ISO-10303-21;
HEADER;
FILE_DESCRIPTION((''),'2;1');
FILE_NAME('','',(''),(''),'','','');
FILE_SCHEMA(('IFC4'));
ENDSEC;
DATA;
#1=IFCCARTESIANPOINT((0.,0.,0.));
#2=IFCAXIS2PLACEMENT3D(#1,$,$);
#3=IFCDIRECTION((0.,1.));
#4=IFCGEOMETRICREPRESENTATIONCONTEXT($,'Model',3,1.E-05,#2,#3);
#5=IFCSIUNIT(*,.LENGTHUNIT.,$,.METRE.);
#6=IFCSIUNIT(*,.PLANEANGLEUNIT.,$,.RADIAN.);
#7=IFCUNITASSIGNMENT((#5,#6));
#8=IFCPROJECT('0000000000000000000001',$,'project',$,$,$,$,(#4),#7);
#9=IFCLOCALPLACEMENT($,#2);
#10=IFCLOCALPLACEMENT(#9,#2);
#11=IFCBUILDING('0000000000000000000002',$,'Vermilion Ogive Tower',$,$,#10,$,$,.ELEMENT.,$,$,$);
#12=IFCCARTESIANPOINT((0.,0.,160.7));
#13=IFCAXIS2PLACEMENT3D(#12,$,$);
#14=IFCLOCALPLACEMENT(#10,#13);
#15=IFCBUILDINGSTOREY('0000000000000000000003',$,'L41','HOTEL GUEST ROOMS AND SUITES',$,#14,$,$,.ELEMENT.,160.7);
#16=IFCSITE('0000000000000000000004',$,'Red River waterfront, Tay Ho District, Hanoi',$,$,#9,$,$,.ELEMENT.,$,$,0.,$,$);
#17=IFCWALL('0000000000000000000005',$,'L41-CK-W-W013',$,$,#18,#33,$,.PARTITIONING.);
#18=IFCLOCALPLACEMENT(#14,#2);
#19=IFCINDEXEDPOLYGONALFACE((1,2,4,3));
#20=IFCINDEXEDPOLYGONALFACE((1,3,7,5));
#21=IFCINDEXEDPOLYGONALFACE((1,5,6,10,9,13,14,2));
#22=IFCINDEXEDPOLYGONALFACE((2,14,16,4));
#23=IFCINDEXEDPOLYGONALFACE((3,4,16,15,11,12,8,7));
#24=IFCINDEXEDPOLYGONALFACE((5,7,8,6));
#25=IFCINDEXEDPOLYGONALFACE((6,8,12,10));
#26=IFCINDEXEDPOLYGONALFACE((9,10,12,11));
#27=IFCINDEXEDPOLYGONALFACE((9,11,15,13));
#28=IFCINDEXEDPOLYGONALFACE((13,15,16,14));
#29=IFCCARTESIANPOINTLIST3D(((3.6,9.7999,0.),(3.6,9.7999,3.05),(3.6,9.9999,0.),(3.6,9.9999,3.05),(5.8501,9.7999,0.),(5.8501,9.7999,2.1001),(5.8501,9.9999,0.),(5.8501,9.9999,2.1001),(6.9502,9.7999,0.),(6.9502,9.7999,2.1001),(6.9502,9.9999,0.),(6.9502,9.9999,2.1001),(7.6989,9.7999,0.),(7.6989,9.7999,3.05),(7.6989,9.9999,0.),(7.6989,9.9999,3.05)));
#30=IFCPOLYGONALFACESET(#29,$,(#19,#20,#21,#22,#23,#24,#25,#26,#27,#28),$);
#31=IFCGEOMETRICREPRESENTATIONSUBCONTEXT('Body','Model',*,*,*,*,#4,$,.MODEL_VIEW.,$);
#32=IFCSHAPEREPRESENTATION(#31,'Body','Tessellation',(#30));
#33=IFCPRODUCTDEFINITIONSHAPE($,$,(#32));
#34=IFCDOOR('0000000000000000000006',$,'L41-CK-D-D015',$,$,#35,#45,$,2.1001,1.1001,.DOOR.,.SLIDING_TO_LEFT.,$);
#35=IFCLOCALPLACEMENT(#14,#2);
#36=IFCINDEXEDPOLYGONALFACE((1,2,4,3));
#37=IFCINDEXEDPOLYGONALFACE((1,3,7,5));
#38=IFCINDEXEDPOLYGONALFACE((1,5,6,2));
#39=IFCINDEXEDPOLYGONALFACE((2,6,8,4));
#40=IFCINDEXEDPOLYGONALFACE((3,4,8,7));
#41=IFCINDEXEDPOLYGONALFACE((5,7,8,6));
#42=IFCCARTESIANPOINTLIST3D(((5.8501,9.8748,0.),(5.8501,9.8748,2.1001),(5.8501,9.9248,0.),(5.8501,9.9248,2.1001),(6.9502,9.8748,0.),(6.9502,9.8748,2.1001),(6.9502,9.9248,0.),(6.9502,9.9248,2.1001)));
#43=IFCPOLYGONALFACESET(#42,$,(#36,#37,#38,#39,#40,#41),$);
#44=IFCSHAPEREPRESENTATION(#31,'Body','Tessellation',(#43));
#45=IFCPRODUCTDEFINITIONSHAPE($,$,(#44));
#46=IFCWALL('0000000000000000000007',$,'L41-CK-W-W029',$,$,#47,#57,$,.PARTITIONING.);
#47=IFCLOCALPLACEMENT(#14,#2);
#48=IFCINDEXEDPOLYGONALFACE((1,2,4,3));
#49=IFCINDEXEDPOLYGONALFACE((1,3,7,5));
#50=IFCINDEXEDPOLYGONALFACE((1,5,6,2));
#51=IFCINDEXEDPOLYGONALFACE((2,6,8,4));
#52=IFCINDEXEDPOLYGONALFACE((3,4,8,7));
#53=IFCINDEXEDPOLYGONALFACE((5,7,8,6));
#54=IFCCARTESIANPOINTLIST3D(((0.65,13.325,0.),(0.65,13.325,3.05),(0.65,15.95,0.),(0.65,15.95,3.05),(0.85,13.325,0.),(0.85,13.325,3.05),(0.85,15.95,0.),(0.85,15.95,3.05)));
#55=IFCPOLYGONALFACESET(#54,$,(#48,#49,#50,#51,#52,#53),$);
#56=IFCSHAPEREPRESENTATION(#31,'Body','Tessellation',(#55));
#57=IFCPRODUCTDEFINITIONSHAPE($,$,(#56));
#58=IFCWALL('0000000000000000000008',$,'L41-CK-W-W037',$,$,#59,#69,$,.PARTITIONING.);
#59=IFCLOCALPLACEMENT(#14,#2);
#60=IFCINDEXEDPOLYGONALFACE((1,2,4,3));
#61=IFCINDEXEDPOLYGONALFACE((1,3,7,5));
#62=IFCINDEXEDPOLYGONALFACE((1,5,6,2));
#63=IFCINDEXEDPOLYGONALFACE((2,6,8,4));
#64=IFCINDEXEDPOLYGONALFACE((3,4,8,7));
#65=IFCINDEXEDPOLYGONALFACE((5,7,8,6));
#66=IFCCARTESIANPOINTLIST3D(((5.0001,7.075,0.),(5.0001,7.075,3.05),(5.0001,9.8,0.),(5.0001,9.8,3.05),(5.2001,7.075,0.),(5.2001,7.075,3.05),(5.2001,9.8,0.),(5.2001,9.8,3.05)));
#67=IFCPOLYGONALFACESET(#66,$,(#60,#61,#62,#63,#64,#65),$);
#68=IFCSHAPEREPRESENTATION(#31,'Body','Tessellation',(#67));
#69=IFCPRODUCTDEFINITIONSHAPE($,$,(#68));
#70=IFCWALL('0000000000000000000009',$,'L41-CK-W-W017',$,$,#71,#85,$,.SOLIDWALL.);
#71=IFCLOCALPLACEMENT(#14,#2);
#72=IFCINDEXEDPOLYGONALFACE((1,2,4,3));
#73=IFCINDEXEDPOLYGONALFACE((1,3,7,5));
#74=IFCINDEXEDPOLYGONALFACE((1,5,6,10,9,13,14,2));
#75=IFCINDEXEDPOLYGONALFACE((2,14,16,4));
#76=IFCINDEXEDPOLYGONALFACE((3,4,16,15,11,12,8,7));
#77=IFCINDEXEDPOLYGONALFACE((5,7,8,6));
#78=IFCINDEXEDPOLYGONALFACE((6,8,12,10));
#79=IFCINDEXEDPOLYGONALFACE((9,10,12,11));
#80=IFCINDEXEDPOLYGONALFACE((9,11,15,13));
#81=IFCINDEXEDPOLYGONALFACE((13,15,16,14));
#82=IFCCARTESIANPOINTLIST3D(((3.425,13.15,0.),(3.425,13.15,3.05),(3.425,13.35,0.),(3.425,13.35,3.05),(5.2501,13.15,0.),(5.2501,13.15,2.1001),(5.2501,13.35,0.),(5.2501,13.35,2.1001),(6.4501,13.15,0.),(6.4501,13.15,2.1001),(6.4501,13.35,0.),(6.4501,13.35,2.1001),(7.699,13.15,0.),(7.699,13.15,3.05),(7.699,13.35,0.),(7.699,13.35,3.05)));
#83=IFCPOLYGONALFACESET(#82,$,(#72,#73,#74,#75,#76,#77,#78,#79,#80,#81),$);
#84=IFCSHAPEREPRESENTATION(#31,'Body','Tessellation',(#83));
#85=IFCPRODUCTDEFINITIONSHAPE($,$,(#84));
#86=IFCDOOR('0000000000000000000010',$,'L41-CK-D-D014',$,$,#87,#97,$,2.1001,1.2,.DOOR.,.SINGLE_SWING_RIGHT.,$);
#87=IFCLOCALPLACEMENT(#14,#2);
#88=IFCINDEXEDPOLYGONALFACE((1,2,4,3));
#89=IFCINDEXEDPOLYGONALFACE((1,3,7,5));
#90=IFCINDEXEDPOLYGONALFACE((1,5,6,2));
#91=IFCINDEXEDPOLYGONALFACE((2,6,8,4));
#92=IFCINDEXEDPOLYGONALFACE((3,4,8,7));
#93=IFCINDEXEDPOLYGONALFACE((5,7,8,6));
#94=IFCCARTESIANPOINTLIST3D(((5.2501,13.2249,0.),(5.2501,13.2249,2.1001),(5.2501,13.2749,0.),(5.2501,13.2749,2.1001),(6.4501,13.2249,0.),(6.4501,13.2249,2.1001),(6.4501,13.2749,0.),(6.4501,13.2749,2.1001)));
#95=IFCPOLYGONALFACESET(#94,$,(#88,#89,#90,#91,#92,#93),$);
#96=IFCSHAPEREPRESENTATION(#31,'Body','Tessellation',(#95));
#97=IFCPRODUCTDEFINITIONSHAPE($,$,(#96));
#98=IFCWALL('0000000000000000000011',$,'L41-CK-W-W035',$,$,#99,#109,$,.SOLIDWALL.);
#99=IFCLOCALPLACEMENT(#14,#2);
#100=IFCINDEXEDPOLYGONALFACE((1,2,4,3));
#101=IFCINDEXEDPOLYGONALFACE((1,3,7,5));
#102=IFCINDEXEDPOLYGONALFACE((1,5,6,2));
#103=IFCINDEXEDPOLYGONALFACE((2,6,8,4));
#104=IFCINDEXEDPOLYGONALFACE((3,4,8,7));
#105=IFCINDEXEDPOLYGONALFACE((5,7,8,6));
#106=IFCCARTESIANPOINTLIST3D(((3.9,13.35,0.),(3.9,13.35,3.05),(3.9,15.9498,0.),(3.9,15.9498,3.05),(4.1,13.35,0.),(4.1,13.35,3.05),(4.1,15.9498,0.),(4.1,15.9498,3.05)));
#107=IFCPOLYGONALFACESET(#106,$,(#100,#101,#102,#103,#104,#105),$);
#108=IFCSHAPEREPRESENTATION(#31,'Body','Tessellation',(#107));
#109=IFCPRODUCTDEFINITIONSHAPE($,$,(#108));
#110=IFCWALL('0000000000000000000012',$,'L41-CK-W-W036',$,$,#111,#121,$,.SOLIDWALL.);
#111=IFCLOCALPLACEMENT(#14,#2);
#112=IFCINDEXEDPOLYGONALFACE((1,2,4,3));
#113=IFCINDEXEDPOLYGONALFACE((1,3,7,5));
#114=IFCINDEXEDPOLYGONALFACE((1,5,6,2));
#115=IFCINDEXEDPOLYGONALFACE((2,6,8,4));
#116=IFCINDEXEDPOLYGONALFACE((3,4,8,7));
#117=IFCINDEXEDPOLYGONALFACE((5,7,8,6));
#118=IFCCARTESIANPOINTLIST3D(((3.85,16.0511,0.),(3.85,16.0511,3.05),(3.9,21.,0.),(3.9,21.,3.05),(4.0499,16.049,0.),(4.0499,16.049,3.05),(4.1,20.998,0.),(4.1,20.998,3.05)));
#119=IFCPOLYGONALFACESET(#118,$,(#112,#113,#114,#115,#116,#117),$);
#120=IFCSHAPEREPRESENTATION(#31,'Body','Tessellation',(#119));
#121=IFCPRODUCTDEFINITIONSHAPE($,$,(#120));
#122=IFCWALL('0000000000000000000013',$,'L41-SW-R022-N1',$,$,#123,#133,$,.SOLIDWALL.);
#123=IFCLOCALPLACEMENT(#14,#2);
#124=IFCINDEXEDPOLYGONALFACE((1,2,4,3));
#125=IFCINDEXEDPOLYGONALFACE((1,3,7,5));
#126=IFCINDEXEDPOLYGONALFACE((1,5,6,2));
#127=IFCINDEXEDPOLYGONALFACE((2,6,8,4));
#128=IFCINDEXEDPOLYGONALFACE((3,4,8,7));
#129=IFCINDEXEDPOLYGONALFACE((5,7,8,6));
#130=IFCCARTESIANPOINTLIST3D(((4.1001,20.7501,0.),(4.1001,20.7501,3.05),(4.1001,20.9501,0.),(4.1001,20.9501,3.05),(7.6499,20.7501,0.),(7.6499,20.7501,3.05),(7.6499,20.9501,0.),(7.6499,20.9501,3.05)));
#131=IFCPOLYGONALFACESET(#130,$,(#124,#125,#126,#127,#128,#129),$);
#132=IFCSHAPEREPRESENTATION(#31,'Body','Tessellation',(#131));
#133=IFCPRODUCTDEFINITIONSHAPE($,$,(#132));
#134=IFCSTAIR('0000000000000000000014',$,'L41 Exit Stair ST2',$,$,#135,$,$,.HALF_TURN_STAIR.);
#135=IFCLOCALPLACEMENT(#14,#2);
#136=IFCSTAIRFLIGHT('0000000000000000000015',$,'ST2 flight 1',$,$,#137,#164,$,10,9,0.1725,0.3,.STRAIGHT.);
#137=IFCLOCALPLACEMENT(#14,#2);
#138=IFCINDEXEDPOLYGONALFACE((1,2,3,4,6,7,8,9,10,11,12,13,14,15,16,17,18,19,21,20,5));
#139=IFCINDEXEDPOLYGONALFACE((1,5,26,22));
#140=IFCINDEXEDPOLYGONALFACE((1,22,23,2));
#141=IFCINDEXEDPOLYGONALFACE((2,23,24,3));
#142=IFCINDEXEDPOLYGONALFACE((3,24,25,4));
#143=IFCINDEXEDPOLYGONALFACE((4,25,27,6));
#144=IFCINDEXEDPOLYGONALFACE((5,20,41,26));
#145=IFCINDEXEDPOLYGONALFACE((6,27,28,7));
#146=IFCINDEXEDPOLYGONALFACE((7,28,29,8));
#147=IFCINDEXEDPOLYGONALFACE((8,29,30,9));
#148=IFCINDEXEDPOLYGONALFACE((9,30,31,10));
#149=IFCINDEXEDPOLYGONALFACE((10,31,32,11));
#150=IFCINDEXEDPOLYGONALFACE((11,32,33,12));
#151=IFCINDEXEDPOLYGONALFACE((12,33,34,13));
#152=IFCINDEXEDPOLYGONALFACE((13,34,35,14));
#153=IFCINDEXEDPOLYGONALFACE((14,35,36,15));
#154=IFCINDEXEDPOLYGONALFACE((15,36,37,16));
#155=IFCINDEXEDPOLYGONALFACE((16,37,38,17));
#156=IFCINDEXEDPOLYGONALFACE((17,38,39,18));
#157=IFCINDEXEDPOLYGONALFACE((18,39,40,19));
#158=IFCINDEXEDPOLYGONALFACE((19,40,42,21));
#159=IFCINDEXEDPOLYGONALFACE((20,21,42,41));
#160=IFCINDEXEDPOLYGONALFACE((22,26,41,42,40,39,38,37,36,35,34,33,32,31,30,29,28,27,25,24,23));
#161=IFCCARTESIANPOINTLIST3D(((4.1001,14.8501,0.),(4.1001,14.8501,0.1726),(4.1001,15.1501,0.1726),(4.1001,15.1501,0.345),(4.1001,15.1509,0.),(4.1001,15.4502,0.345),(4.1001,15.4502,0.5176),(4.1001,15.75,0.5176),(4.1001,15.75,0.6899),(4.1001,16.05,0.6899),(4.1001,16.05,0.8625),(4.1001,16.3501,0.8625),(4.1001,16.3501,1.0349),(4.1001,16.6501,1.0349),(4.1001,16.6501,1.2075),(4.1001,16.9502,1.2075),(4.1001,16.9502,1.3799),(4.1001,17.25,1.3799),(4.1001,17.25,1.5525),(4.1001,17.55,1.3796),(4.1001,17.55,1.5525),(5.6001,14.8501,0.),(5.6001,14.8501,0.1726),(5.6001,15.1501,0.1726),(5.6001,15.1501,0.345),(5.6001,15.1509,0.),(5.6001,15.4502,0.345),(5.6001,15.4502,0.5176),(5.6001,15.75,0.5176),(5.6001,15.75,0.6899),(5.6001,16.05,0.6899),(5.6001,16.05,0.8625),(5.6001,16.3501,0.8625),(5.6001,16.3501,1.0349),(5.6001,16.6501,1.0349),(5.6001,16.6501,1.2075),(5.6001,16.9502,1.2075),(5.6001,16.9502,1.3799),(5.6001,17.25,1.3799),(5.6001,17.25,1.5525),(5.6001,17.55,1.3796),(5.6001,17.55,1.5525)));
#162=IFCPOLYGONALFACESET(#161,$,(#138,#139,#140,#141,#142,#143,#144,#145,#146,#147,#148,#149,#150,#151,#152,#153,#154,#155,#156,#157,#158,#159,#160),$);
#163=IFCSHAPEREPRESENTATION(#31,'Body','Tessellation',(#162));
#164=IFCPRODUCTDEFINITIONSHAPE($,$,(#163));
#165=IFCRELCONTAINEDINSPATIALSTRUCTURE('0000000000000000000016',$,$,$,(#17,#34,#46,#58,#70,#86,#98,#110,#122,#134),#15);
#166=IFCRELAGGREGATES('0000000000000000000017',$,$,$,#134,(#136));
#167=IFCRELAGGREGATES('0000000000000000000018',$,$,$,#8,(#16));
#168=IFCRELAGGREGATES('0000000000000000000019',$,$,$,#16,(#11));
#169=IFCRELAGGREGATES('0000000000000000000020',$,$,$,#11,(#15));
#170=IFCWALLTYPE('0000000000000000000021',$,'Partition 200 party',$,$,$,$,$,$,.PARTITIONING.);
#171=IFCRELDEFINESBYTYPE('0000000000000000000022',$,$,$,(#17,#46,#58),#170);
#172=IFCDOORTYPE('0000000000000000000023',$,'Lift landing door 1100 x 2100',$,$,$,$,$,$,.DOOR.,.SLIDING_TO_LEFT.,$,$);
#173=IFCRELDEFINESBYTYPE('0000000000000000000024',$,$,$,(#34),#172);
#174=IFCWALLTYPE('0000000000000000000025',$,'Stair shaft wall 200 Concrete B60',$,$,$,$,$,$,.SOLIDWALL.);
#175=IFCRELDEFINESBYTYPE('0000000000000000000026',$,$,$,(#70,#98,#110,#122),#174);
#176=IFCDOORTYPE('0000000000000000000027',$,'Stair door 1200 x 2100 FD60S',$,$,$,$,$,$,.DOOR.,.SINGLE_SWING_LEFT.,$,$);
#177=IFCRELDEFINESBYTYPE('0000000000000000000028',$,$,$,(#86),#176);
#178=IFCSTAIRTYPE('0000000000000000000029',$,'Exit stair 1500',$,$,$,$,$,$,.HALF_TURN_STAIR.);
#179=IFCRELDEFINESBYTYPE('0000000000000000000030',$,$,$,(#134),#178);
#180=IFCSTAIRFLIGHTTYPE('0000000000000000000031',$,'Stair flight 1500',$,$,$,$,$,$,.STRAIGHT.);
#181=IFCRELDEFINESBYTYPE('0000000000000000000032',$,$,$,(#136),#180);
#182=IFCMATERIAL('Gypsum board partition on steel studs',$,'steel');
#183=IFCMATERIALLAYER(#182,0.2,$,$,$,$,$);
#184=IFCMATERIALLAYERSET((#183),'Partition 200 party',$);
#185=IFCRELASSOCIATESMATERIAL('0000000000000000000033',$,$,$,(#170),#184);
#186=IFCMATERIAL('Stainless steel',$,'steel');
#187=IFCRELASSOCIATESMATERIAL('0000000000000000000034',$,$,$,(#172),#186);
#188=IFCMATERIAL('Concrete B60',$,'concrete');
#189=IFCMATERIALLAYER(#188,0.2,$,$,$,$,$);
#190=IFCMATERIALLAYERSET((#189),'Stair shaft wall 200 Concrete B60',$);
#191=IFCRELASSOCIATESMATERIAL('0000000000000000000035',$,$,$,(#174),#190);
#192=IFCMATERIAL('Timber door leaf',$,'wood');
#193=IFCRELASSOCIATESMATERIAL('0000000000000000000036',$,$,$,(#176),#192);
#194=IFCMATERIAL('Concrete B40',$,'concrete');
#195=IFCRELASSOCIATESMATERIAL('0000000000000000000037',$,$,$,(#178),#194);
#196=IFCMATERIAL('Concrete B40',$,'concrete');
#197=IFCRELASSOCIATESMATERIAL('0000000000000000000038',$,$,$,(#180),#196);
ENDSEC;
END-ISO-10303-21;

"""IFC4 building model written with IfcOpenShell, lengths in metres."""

from ifc_helpers import new_model, si_unit, direction, frame, frame_2d, origin, place, context, subcontext, project, spatial, polyline, rectangle, outline, extrude, material, layer, layer_set, type_object, element, fill, aggregate, save


model = new_model("IFC4")

# Units and contexts
model_context = context("Model", 3, precision=1e-05, world=origin(), true_north=direction((0.0, 1.0)))
body_context = subcontext(model_context, "Body", "Model", "MODEL_VIEW")
ifc_project = project(units=[si_unit("LENGTHUNIT", "METRE"), si_unit("PLANEANGLEUNIT", "RADIAN")], contexts=[model_context])

# Site, building, storey
site_placement = place(None, origin())
site = spatial("IfcSite", under=ifc_project, at=site_placement, Name="Red River waterfront, Tay Ho District, Hanoi", CompositionType="ELEMENT", RefElevation=0.0)
building_placement = place(site_placement, origin())
building = spatial("IfcBuilding", under=site, at=building_placement, Name="Vermilion Ogive Tower", CompositionType="ELEMENT")
storey_placement = place(building_placement, frame((0.0, 0.0, 160.7)))
storey = spatial("IfcBuildingStorey", under=building, at=storey_placement, Name="L41", Description="HOTEL GUEST ROOMS AND SUITES", CompositionType="ELEMENT", Elevation=160.7)

# Wall, opening, door
ifc_material_1 = material(Name="Gypsum board partition on steel studs", Category="steel")
ifc_layer_1 = layer(ifc_material_1, 0.2)
ifc_layer_set_1 = layer_set([ifc_layer_1], Name="Partition 200 party")
wall_type_1 = type_object("IfcWallType", Name="Partition 200 party", PredefinedType="PARTITIONING", material=ifc_layer_set_1)
wall_1_placement = place(storey_placement, frame((3.6001, 9.8999, 0.0), z_axis=(0.0, 0.0, 1.0), x_axis=(1.0, 0.0, 0.0)))
wall_1 = element("IfcWall", 1, at=wall_1_placement, inside=storey, type_object=wall_type_1, Name="L41-CK-W-W013", PredefinedType="PARTITIONING", context=body_context, shape_type="SweptSolid", body=[
    extrude(rectangle(XDim=4.0989, YDim=0.2, at=frame_2d((2.0493, 0.0))), origin(), (0.0, 0.0, 1.0), 3.05),
])
opening_1_placement = place(wall_1_placement, frame((2.25, 0.0, 0.0)))
opening_1 = element("IfcOpeningElement", 2, at=opening_1_placement, cuts=wall_1, PredefinedType="OPENING", context=body_context, shape_type="SweptSolid", body=[
    extrude(rectangle(XDim=1.1001, YDim=2.1001, at=frame_2d((0.55, 1.05))), frame((0.0, 0.1099, 0.0), z_axis=(0.0, -1.0, 0.0), x_axis=(1.0, 0.0, 0.0)), (0.0, 0.0, 1.0), 0.22),
])
ifc_material_2 = material(Name="Stainless steel", Category="steel")
door_type_1 = type_object("IfcDoorType", Name="Lift landing door 1100 x 2100", OperationType="SLIDING_TO_LEFT", PredefinedType="DOOR", material=ifc_material_2)
door_1_placement = place(opening_1_placement, origin())
door_1 = element("IfcDoor", 3, at=door_1_placement, inside=storey, type_object=door_type_1, Name="L41-CK-D-D015", OperationType="SLIDING_TO_LEFT", OverallHeight=2.1001, OverallWidth=1.1001, PredefinedType="DOOR", context=body_context, shape_type="SweptSolid", body=[
    extrude(rectangle(XDim=1.1001, YDim=2.1001, at=frame_2d((0.55, 1.05))), frame((0.0, 0.0249, 0.0), z_axis=(0.0, -1.0, 0.0), x_axis=(1.0, 0.0, 0.0)), (0.0, 0.0, 1.0), 0.05),
])
fill(opening_1, door_1)

# Walls
wall_2_placement = place(storey_placement, frame((0.75, 13.325, 0.0), z_axis=(0.0, 0.0, 1.0), x_axis=(0.0, 1.0, 0.0)))
element("IfcWall", 4, at=wall_2_placement, inside=storey, type_object=wall_type_1, Name="L41-CK-W-W029", PredefinedType="PARTITIONING", context=body_context, shape_type="SweptSolid", body=[
    extrude(rectangle(XDim=2.625, YDim=0.2, at=frame_2d((1.3125, 0.0))), origin(), (0.0, 0.0, 1.0), 3.05),
])
wall_3_placement = place(storey_placement, frame((5.1001, 7.075, 0.0), z_axis=(0.0, 0.0, 1.0), x_axis=(0.0, 1.0, 0.0)))
element("IfcWall", 5, at=wall_3_placement, inside=storey, type_object=wall_type_1, Name="L41-CK-W-W037", PredefinedType="PARTITIONING", context=body_context, shape_type="SweptSolid", body=[
    extrude(rectangle(XDim=2.7251, YDim=0.2, at=frame_2d((1.3625, 0.0))), origin(), (0.0, 0.0, 1.0), 3.05),
])

# Wall, opening, door
ifc_material_3 = material(Name="Concrete B60", Category="concrete")
ifc_layer_2 = layer(ifc_material_3, 0.2)
ifc_layer_set_2 = layer_set([ifc_layer_2], Name="Stair shaft wall 200 Concrete B60")
wall_type_2 = type_object("IfcWallType", Name="Stair shaft wall 200 Concrete B60", PredefinedType="SOLIDWALL", material=ifc_layer_set_2)
wall_4_placement = place(storey_placement, frame((3.425, 13.25, 0.0), z_axis=(0.0, 0.0, 1.0), x_axis=(1.0, 0.0, 0.0)))
wall_4 = element("IfcWall", 6, at=wall_4_placement, inside=storey, type_object=wall_type_2, Name="L41-CK-W-W017", PredefinedType="SOLIDWALL", context=body_context, shape_type="SweptSolid", body=[
    extrude(rectangle(XDim=4.2739, YDim=0.2, at=frame_2d((2.137, 0.0))), origin(), (0.0, 0.0, 1.0), 3.05),
])
opening_2_placement = place(wall_4_placement, frame((1.825, 0.0, 0.0)))
opening_2 = element("IfcOpeningElement", 7, at=opening_2_placement, cuts=wall_4, PredefinedType="OPENING", context=body_context, shape_type="SweptSolid", body=[
    extrude(rectangle(XDim=1.2, YDim=2.1001, at=frame_2d((0.6001, 1.05))), frame((0.0, 0.1099, 0.0), z_axis=(0.0, -1.0, 0.0), x_axis=(1.0, 0.0, 0.0)), (0.0, 0.0, 1.0), 0.22),
])
ifc_material_4 = material(Name="Timber door leaf", Category="wood")
door_type_2 = type_object("IfcDoorType", Name="Stair door 1200 x 2100 FD60S", OperationType="SINGLE_SWING_LEFT", PredefinedType="DOOR", material=ifc_material_4)
door_2_placement = place(opening_2_placement, origin())
door_2 = element("IfcDoor", 8, at=door_2_placement, inside=storey, type_object=door_type_2, Name="L41-CK-D-D014", OperationType="SINGLE_SWING_RIGHT", OverallHeight=2.1001, OverallWidth=1.2, PredefinedType="DOOR", context=body_context, shape_type="SweptSolid", body=[
    extrude(rectangle(XDim=1.2, YDim=2.1001, at=frame_2d((0.6001, 1.05))), frame((0.0, 0.0249, 0.0), z_axis=(0.0, -1.0, 0.0), x_axis=(1.0, 0.0, 0.0)), (0.0, 0.0, 1.0), 0.05),
])
fill(opening_2, door_2)

# Walls
wall_5_placement = place(storey_placement, frame((4.0, 13.3501, 0.0), z_axis=(0.0, 0.0, 1.0), x_axis=(0.0, 1.0, 0.0)))
element("IfcWall", 9, at=wall_5_placement, inside=storey, type_object=wall_type_2, Name="L41-CK-W-W035", PredefinedType="SOLIDWALL", context=body_context, shape_type="SweptSolid", body=[
    extrude(rectangle(XDim=2.5999, YDim=0.2, at=frame_2d((1.2998, 0.0))), origin(), (0.0, 0.0, 1.0), 3.05),
])
wall_6_placement = place(storey_placement, frame((3.95, 16.05, 0.0), z_axis=(0.0, 0.0, 1.0), x_axis=(0.010112, 0.999949, 0.0)))
element("IfcWall", 10, at=wall_6_placement, inside=storey, type_object=wall_type_2, Name="L41-CK-W-W036", PredefinedType="SOLIDWALL", context=body_context, shape_type="SweptSolid", body=[
    extrude(rectangle(XDim=4.9492, YDim=0.2, at=frame_2d((2.4746, 0.0))), origin(), (0.0, 0.0, 1.0), 3.05),
])
wall_7_placement = place(storey_placement, frame((4.1001, 20.8501, 0.0), z_axis=(0.0, 0.0, 1.0), x_axis=(1.0, 0.0, 0.0)))
element("IfcWall", 11, at=wall_7_placement, inside=storey, type_object=wall_type_2, Name="L41-SW-R022-N1", PredefinedType="SOLIDWALL", context=body_context, shape_type="SweptSolid", body=[
    extrude(rectangle(XDim=3.5498, YDim=0.2, at=frame_2d((1.7749, 0.0))), origin(), (0.0, 0.0, 1.0), 3.05),
])

# Stair, stair flight
ifc_material_5 = material(Name="Concrete B40", Category="concrete")
stair_type = type_object("IfcStairType", Name="Exit stair 1500", PredefinedType="HALF_TURN_STAIR", material=ifc_material_5)
stair_placement = place(storey_placement, origin())
stair = element("IfcStair", 12, at=stair_placement, inside=storey, type_object=stair_type, Name="L41 Exit Stair ST2", PredefinedType="HALF_TURN_STAIR")
ifc_material_6 = material(Name="Concrete B40", Category="concrete")
stair_flight_type = type_object("IfcStairFlightType", Name="Stair flight 1500", PredefinedType="STRAIGHT", material=ifc_material_6)
stair_flight_1_placement = place(storey_placement, frame((4.8501, 14.8501, 0.0), z_axis=(0.0, 0.0, 1.0), x_axis=(0.0, 1.0, 0.0)))
stair_flight_1 = element("IfcStairFlight", 13, at=stair_flight_1_placement, type_object=stair_flight_type, Name="ST2 flight 1", NumberOfRisers=10, NumberOfTreads=9, PredefinedType="STRAIGHT", RiserHeight=0.1725, TreadLength=0.3, context=body_context, shape_type="SweptSolid", body=[
    extrude(outline(polyline([(0.0, 0.0), (0.0, 0.1726), (0.3, 0.1726), (0.3, 0.345), (0.6001, 0.345), (0.6001, 0.5176), (0.8999, 0.5176), (0.8999, 0.6899), (1.2, 0.6899), (1.2, 0.8625), (1.5, 0.8625), (1.5, 1.0349), (1.8, 1.0349), (1.8, 1.2075), (2.1001, 1.2075), (2.1001, 1.3799), (2.3999, 1.3799), (2.3999, 1.5525), (2.7, 1.5525), (2.7, 1.7251), (2.7, 1.3796), (0.3008, 0.0), (0.0, 0.0)])), frame((0.0, 0.75, 0.0), z_axis=(0.0, -1.0, 0.0), x_axis=(1.0, 0.0, 0.0)), (0.0, 0.0, 1.0), 1.5),
])
aggregate(stair, [stair_flight_1])

save(model, "model.ifc")
